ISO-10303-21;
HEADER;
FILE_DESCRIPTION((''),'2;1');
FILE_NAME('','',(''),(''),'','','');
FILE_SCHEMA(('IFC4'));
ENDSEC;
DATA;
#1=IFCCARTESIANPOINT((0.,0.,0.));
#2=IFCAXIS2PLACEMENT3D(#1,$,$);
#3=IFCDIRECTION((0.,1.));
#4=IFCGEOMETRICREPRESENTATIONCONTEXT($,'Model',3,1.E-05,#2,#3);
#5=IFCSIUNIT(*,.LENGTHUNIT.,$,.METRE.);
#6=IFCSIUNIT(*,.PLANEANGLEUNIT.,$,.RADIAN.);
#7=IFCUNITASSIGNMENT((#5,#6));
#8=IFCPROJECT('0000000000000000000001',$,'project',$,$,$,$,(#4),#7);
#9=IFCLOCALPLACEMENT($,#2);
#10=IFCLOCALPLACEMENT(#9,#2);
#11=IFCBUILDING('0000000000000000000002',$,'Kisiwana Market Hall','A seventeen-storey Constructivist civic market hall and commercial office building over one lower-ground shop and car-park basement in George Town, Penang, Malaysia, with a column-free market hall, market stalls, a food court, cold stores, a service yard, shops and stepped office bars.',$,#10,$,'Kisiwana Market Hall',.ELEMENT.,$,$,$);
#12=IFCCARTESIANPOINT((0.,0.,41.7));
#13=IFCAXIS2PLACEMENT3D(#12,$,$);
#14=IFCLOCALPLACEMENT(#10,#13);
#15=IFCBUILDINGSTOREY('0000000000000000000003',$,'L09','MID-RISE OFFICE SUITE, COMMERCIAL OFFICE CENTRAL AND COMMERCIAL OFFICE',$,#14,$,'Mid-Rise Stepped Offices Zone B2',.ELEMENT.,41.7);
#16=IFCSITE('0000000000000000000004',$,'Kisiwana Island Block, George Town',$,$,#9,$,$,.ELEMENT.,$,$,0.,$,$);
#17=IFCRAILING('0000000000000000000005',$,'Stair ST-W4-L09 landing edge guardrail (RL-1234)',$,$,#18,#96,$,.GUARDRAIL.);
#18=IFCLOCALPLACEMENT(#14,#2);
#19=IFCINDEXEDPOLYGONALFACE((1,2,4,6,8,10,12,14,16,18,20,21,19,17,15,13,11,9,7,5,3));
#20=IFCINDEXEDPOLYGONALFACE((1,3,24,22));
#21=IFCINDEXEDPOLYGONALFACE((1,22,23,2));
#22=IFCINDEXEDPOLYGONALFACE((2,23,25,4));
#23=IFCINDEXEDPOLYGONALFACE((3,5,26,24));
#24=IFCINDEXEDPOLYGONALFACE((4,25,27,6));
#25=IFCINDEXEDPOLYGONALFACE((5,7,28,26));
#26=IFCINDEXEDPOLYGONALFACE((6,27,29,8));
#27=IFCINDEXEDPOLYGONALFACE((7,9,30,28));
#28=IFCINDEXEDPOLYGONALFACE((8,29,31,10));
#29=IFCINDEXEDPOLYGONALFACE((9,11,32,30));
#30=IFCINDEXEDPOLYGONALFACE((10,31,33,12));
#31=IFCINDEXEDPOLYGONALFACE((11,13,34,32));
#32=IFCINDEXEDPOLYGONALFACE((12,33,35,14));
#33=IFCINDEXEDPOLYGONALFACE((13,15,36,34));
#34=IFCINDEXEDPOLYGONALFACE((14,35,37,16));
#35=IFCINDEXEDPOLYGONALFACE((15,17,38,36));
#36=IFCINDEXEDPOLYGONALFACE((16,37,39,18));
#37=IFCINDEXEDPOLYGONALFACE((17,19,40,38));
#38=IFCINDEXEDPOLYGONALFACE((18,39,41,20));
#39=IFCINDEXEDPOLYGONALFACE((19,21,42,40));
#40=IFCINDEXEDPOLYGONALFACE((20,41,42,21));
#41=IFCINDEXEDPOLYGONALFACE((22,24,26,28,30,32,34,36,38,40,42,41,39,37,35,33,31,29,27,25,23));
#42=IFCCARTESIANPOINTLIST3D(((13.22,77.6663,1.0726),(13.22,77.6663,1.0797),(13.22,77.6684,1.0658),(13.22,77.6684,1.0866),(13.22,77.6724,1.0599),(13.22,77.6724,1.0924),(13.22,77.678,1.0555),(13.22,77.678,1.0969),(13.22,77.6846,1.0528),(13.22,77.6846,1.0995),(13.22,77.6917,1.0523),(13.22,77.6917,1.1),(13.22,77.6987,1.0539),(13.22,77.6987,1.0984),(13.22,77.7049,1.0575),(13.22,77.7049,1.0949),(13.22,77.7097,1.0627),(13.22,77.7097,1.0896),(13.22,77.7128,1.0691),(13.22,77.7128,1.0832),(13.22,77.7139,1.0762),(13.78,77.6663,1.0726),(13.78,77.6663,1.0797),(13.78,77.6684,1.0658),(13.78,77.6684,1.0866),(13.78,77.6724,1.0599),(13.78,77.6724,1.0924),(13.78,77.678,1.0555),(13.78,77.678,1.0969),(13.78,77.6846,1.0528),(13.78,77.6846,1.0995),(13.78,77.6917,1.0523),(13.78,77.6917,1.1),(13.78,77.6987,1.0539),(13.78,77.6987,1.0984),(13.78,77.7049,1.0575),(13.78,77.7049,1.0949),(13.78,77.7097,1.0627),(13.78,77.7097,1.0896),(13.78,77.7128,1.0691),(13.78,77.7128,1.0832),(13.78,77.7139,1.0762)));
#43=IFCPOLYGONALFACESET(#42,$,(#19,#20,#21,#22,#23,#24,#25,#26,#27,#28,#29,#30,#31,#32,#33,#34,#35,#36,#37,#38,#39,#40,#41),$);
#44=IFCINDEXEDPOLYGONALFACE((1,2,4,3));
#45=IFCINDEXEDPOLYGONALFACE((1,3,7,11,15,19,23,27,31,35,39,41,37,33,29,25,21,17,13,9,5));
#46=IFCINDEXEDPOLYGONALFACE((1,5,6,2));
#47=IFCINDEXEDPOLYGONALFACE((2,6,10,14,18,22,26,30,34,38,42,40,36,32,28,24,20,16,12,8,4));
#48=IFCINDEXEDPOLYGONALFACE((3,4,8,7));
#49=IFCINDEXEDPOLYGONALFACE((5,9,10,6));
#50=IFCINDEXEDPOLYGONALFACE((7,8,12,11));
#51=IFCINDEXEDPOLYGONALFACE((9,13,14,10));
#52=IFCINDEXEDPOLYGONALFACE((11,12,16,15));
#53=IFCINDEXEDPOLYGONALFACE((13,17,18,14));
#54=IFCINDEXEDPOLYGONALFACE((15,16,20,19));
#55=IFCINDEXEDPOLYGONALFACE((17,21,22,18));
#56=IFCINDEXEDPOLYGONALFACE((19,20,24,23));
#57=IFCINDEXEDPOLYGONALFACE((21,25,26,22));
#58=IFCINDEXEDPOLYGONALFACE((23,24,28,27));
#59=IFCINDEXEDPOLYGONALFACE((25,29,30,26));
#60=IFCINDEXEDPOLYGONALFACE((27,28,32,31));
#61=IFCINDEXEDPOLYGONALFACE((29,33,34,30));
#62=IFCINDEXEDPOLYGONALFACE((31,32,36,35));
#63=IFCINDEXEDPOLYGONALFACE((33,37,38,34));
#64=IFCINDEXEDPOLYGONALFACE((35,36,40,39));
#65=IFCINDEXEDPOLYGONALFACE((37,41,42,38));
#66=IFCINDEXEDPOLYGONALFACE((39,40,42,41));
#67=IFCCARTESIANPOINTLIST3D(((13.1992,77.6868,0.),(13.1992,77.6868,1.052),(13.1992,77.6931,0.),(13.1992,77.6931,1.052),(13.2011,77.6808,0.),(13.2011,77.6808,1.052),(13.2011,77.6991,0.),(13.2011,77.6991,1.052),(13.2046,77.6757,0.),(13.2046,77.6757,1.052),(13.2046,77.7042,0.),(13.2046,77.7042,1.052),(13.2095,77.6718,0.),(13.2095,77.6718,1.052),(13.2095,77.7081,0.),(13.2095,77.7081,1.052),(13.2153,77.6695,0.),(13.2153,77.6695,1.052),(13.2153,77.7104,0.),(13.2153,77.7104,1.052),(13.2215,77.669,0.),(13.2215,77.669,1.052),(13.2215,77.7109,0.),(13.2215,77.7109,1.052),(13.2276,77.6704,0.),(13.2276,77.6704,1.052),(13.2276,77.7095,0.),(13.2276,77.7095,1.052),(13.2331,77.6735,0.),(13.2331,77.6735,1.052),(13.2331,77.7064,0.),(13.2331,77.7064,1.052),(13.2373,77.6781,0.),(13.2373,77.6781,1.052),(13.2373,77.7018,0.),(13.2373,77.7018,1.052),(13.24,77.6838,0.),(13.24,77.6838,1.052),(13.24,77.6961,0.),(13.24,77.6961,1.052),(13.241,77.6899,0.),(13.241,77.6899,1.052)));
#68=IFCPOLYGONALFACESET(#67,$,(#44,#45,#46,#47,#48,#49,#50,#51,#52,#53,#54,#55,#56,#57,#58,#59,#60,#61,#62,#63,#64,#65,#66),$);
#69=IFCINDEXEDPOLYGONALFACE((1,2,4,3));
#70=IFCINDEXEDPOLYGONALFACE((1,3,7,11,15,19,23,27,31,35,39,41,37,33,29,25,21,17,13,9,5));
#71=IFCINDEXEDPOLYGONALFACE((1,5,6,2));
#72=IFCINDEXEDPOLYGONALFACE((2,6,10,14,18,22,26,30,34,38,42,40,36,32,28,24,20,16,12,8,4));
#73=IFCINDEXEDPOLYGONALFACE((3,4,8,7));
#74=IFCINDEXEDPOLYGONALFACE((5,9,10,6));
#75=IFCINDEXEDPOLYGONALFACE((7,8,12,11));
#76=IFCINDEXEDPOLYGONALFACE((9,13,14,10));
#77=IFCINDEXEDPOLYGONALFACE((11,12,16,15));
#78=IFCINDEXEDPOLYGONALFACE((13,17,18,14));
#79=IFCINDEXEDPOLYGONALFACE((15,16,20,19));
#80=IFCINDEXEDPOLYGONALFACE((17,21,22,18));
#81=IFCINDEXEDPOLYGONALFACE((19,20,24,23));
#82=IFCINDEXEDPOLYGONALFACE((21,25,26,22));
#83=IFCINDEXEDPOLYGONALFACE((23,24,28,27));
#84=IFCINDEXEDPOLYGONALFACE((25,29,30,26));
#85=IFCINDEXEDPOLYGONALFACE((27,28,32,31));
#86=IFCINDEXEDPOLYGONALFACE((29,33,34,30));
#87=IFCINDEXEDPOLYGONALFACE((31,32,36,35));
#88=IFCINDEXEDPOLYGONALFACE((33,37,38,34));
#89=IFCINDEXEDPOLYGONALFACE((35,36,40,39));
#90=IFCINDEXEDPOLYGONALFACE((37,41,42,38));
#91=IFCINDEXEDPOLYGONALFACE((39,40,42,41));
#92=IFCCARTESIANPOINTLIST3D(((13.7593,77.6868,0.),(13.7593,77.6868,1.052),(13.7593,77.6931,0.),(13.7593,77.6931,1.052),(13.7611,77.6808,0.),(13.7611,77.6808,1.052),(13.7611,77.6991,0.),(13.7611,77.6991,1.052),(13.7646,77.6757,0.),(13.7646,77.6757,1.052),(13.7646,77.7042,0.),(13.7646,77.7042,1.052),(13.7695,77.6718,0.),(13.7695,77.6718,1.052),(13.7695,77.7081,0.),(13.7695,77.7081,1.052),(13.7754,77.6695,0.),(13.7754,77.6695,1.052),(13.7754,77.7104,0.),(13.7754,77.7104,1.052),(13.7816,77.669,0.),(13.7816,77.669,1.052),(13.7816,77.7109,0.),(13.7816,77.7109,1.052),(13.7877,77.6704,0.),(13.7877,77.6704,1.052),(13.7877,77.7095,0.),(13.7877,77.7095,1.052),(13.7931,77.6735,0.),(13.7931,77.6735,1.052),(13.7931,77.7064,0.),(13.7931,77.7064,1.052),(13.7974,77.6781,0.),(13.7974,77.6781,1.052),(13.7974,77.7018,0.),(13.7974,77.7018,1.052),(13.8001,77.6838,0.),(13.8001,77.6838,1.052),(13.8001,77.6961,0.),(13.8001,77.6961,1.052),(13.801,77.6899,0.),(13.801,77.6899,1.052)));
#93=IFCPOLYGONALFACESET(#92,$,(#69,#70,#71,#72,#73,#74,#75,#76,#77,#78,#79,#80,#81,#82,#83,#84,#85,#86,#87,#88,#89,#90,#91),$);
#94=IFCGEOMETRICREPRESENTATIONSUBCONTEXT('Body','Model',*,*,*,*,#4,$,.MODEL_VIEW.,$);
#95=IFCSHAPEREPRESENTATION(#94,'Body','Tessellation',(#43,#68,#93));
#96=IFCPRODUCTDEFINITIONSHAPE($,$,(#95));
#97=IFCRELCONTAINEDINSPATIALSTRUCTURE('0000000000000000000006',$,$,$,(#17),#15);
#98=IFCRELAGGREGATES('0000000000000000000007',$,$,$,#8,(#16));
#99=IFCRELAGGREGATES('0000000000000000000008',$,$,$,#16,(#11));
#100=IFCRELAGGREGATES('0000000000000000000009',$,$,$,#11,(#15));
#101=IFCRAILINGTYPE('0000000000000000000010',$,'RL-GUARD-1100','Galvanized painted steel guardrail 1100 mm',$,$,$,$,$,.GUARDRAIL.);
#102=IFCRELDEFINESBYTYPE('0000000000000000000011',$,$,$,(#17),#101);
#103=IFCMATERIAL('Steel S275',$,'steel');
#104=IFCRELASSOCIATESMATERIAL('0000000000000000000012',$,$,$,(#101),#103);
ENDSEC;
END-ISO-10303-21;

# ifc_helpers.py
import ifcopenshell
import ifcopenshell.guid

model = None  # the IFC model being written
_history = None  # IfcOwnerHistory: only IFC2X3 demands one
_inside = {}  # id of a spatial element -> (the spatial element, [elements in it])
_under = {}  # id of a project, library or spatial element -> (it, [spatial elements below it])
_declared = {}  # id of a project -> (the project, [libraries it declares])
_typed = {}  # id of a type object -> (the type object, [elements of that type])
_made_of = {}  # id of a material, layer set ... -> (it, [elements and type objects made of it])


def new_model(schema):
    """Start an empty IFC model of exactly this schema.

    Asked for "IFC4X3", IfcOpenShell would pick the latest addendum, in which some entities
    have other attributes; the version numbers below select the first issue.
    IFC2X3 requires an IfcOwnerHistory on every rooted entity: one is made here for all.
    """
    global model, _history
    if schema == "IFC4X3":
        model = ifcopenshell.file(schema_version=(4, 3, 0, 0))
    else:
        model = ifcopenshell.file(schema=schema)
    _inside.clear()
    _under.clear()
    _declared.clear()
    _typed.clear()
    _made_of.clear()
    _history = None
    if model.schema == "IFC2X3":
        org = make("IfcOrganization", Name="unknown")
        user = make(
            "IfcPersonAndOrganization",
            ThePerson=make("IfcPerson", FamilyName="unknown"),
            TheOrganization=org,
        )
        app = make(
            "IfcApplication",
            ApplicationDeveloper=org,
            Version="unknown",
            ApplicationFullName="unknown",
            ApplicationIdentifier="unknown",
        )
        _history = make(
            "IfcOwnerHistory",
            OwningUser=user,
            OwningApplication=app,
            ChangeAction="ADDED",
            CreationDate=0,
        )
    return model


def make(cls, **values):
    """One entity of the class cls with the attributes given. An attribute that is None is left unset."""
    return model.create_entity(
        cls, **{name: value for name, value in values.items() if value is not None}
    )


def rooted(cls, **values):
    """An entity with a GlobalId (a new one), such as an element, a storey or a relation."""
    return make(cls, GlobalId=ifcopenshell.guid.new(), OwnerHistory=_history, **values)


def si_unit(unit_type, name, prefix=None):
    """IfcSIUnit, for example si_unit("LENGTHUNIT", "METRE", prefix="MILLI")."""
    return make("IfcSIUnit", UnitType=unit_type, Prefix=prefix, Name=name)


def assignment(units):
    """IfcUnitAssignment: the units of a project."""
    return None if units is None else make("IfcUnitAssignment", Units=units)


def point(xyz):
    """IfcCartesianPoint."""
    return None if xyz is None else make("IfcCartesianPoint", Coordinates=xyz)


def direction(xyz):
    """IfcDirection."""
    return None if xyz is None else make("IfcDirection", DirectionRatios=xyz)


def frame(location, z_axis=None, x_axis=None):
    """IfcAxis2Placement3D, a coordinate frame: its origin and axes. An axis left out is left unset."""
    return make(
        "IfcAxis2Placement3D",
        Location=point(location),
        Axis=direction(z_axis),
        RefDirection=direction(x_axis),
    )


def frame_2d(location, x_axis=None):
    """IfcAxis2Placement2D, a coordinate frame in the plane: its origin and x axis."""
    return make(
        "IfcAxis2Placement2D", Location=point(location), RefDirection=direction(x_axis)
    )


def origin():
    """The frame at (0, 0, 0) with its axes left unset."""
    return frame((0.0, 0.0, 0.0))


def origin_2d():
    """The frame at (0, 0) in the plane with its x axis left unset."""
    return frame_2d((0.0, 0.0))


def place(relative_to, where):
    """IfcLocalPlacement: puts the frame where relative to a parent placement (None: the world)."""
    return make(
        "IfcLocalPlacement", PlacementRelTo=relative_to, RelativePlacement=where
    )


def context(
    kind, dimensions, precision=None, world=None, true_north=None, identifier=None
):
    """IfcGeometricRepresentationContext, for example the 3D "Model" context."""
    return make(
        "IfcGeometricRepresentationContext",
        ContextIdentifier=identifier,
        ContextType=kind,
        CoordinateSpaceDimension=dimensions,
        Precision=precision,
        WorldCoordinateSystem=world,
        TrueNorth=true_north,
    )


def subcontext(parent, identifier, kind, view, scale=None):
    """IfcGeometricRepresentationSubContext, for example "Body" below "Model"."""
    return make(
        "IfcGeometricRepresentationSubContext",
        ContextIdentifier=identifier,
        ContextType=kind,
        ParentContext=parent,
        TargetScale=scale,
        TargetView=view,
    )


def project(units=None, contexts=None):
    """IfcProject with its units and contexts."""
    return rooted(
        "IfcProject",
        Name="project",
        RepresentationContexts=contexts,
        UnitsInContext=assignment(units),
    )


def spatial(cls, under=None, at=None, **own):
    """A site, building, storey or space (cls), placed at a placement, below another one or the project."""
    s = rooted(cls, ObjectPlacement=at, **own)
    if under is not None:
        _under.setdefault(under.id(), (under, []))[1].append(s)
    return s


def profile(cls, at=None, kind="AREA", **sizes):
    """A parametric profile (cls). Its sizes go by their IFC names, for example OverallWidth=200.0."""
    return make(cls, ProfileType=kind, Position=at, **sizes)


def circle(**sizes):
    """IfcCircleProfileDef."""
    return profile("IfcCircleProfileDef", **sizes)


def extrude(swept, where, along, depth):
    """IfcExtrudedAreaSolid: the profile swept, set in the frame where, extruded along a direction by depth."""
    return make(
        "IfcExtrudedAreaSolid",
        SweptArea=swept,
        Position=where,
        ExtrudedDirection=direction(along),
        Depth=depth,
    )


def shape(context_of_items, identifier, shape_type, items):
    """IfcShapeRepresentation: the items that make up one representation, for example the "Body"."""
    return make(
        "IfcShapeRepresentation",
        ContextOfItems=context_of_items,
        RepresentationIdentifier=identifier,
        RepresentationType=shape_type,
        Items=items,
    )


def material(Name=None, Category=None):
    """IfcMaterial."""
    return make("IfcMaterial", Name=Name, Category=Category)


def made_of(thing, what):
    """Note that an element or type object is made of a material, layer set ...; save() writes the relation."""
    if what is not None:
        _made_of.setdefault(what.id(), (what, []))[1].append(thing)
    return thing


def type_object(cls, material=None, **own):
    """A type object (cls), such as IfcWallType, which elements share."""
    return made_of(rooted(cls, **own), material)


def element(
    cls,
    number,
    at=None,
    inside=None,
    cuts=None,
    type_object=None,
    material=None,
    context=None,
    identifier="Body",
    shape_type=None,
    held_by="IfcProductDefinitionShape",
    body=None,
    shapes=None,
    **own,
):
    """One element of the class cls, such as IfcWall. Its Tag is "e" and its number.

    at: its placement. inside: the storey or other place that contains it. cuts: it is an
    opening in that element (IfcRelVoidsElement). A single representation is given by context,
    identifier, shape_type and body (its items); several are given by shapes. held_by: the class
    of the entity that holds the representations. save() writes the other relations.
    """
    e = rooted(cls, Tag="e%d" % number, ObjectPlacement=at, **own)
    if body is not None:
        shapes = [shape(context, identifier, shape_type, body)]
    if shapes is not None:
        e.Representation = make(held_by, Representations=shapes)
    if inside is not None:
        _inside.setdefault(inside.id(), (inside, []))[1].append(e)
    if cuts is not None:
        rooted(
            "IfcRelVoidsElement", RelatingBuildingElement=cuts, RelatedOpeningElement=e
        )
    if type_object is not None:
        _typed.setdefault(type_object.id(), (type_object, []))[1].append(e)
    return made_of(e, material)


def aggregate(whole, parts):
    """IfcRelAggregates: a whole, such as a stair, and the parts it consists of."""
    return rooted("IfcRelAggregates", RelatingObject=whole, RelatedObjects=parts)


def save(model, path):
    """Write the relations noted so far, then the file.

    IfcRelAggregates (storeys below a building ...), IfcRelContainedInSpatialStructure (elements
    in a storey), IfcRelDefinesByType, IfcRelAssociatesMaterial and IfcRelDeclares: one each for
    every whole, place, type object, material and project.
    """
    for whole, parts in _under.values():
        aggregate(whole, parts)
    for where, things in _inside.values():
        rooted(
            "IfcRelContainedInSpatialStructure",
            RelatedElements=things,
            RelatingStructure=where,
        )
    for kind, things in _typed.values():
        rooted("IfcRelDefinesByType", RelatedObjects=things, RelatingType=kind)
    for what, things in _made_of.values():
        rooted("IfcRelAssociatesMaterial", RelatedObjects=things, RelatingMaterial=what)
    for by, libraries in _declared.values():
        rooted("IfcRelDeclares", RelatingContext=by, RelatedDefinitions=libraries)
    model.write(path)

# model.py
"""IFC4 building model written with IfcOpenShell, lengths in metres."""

from ifc_helpers import new_model, si_unit, direction, frame, origin, origin_2d, place, context, subcontext, project, spatial, circle, extrude, material, type_object, element, save


model = new_model("IFC4")

# Units and contexts
model_context = context("Model", 3, precision=1e-05, world=origin(), true_north=direction((0.0, 1.0)))
body_context = subcontext(model_context, "Body", "Model", "MODEL_VIEW")
ifc_project = project(units=[si_unit("LENGTHUNIT", "METRE"), si_unit("PLANEANGLEUNIT", "RADIAN")], contexts=[model_context])

# Site, building, storey
site_placement = place(None, origin())
site = spatial("IfcSite", under=ifc_project, at=site_placement, Name="Kisiwana Island Block, George Town", CompositionType="ELEMENT", RefElevation=0.0)
building_placement = place(site_placement, origin())
building = spatial("IfcBuilding", under=site, at=building_placement, Name="Kisiwana Market Hall", Description="A seventeen-storey Constructivist civic market hall and commercial office building over one lower-ground shop and car-park basement in George Town, Penang, Malaysia, with a column-free market hall, market stalls, a food court, cold stores, a service yard, shops and stepped office bars.", LongName="Kisiwana Market Hall", CompositionType="ELEMENT")
storey_placement = place(building_placement, frame((0.0, 0.0, 41.7)))
storey = spatial("IfcBuildingStorey", under=building, at=storey_placement, Name="L09", Description="MID-RISE OFFICE SUITE, COMMERCIAL OFFICE CENTRAL AND COMMERCIAL OFFICE", LongName="Mid-Rise Stepped Offices Zone B2", CompositionType="ELEMENT", Elevation=41.7)

# Railing
ifc_material_1 = material(Name="Steel S275", Category="steel")
railing_type_1 = type_object("IfcRailingType", Name="RL-GUARD-1100", Description="Galvanized painted steel guardrail 1100 mm", PredefinedType="GUARDRAIL", material=ifc_material_1)
railing_1_placement = place(storey_placement, frame((13.22, 77.6899, 0.0)))
element("IfcRailing", 1, at=railing_1_placement, inside=storey, type_object=railing_type_1, Name="Stair ST-W4-L09 landing edge guardrail (RL-1234)", PredefinedType="GUARDRAIL", context=body_context, shape_type="SweptSolid", body=[
    extrude(circle(Radius=0.0239, at=origin_2d()), frame((0.0, 0.0, 1.0762), z_axis=(1.0, 0.0, 0.0), x_axis=(0.0, 1.0, 0.0)), (0.0, 0.0, 1.0), 0.5601),
    extrude(circle(Radius=0.021, at=origin_2d()), origin(), (0.0, 0.0, 1.0), 1.052),
    extrude(circle(Radius=0.021, at=origin_2d()), frame((0.5601, 0.0, 0.0)), (0.0, 0.0, 1.0), 1.052),
])

save(model, "model.ifc")
